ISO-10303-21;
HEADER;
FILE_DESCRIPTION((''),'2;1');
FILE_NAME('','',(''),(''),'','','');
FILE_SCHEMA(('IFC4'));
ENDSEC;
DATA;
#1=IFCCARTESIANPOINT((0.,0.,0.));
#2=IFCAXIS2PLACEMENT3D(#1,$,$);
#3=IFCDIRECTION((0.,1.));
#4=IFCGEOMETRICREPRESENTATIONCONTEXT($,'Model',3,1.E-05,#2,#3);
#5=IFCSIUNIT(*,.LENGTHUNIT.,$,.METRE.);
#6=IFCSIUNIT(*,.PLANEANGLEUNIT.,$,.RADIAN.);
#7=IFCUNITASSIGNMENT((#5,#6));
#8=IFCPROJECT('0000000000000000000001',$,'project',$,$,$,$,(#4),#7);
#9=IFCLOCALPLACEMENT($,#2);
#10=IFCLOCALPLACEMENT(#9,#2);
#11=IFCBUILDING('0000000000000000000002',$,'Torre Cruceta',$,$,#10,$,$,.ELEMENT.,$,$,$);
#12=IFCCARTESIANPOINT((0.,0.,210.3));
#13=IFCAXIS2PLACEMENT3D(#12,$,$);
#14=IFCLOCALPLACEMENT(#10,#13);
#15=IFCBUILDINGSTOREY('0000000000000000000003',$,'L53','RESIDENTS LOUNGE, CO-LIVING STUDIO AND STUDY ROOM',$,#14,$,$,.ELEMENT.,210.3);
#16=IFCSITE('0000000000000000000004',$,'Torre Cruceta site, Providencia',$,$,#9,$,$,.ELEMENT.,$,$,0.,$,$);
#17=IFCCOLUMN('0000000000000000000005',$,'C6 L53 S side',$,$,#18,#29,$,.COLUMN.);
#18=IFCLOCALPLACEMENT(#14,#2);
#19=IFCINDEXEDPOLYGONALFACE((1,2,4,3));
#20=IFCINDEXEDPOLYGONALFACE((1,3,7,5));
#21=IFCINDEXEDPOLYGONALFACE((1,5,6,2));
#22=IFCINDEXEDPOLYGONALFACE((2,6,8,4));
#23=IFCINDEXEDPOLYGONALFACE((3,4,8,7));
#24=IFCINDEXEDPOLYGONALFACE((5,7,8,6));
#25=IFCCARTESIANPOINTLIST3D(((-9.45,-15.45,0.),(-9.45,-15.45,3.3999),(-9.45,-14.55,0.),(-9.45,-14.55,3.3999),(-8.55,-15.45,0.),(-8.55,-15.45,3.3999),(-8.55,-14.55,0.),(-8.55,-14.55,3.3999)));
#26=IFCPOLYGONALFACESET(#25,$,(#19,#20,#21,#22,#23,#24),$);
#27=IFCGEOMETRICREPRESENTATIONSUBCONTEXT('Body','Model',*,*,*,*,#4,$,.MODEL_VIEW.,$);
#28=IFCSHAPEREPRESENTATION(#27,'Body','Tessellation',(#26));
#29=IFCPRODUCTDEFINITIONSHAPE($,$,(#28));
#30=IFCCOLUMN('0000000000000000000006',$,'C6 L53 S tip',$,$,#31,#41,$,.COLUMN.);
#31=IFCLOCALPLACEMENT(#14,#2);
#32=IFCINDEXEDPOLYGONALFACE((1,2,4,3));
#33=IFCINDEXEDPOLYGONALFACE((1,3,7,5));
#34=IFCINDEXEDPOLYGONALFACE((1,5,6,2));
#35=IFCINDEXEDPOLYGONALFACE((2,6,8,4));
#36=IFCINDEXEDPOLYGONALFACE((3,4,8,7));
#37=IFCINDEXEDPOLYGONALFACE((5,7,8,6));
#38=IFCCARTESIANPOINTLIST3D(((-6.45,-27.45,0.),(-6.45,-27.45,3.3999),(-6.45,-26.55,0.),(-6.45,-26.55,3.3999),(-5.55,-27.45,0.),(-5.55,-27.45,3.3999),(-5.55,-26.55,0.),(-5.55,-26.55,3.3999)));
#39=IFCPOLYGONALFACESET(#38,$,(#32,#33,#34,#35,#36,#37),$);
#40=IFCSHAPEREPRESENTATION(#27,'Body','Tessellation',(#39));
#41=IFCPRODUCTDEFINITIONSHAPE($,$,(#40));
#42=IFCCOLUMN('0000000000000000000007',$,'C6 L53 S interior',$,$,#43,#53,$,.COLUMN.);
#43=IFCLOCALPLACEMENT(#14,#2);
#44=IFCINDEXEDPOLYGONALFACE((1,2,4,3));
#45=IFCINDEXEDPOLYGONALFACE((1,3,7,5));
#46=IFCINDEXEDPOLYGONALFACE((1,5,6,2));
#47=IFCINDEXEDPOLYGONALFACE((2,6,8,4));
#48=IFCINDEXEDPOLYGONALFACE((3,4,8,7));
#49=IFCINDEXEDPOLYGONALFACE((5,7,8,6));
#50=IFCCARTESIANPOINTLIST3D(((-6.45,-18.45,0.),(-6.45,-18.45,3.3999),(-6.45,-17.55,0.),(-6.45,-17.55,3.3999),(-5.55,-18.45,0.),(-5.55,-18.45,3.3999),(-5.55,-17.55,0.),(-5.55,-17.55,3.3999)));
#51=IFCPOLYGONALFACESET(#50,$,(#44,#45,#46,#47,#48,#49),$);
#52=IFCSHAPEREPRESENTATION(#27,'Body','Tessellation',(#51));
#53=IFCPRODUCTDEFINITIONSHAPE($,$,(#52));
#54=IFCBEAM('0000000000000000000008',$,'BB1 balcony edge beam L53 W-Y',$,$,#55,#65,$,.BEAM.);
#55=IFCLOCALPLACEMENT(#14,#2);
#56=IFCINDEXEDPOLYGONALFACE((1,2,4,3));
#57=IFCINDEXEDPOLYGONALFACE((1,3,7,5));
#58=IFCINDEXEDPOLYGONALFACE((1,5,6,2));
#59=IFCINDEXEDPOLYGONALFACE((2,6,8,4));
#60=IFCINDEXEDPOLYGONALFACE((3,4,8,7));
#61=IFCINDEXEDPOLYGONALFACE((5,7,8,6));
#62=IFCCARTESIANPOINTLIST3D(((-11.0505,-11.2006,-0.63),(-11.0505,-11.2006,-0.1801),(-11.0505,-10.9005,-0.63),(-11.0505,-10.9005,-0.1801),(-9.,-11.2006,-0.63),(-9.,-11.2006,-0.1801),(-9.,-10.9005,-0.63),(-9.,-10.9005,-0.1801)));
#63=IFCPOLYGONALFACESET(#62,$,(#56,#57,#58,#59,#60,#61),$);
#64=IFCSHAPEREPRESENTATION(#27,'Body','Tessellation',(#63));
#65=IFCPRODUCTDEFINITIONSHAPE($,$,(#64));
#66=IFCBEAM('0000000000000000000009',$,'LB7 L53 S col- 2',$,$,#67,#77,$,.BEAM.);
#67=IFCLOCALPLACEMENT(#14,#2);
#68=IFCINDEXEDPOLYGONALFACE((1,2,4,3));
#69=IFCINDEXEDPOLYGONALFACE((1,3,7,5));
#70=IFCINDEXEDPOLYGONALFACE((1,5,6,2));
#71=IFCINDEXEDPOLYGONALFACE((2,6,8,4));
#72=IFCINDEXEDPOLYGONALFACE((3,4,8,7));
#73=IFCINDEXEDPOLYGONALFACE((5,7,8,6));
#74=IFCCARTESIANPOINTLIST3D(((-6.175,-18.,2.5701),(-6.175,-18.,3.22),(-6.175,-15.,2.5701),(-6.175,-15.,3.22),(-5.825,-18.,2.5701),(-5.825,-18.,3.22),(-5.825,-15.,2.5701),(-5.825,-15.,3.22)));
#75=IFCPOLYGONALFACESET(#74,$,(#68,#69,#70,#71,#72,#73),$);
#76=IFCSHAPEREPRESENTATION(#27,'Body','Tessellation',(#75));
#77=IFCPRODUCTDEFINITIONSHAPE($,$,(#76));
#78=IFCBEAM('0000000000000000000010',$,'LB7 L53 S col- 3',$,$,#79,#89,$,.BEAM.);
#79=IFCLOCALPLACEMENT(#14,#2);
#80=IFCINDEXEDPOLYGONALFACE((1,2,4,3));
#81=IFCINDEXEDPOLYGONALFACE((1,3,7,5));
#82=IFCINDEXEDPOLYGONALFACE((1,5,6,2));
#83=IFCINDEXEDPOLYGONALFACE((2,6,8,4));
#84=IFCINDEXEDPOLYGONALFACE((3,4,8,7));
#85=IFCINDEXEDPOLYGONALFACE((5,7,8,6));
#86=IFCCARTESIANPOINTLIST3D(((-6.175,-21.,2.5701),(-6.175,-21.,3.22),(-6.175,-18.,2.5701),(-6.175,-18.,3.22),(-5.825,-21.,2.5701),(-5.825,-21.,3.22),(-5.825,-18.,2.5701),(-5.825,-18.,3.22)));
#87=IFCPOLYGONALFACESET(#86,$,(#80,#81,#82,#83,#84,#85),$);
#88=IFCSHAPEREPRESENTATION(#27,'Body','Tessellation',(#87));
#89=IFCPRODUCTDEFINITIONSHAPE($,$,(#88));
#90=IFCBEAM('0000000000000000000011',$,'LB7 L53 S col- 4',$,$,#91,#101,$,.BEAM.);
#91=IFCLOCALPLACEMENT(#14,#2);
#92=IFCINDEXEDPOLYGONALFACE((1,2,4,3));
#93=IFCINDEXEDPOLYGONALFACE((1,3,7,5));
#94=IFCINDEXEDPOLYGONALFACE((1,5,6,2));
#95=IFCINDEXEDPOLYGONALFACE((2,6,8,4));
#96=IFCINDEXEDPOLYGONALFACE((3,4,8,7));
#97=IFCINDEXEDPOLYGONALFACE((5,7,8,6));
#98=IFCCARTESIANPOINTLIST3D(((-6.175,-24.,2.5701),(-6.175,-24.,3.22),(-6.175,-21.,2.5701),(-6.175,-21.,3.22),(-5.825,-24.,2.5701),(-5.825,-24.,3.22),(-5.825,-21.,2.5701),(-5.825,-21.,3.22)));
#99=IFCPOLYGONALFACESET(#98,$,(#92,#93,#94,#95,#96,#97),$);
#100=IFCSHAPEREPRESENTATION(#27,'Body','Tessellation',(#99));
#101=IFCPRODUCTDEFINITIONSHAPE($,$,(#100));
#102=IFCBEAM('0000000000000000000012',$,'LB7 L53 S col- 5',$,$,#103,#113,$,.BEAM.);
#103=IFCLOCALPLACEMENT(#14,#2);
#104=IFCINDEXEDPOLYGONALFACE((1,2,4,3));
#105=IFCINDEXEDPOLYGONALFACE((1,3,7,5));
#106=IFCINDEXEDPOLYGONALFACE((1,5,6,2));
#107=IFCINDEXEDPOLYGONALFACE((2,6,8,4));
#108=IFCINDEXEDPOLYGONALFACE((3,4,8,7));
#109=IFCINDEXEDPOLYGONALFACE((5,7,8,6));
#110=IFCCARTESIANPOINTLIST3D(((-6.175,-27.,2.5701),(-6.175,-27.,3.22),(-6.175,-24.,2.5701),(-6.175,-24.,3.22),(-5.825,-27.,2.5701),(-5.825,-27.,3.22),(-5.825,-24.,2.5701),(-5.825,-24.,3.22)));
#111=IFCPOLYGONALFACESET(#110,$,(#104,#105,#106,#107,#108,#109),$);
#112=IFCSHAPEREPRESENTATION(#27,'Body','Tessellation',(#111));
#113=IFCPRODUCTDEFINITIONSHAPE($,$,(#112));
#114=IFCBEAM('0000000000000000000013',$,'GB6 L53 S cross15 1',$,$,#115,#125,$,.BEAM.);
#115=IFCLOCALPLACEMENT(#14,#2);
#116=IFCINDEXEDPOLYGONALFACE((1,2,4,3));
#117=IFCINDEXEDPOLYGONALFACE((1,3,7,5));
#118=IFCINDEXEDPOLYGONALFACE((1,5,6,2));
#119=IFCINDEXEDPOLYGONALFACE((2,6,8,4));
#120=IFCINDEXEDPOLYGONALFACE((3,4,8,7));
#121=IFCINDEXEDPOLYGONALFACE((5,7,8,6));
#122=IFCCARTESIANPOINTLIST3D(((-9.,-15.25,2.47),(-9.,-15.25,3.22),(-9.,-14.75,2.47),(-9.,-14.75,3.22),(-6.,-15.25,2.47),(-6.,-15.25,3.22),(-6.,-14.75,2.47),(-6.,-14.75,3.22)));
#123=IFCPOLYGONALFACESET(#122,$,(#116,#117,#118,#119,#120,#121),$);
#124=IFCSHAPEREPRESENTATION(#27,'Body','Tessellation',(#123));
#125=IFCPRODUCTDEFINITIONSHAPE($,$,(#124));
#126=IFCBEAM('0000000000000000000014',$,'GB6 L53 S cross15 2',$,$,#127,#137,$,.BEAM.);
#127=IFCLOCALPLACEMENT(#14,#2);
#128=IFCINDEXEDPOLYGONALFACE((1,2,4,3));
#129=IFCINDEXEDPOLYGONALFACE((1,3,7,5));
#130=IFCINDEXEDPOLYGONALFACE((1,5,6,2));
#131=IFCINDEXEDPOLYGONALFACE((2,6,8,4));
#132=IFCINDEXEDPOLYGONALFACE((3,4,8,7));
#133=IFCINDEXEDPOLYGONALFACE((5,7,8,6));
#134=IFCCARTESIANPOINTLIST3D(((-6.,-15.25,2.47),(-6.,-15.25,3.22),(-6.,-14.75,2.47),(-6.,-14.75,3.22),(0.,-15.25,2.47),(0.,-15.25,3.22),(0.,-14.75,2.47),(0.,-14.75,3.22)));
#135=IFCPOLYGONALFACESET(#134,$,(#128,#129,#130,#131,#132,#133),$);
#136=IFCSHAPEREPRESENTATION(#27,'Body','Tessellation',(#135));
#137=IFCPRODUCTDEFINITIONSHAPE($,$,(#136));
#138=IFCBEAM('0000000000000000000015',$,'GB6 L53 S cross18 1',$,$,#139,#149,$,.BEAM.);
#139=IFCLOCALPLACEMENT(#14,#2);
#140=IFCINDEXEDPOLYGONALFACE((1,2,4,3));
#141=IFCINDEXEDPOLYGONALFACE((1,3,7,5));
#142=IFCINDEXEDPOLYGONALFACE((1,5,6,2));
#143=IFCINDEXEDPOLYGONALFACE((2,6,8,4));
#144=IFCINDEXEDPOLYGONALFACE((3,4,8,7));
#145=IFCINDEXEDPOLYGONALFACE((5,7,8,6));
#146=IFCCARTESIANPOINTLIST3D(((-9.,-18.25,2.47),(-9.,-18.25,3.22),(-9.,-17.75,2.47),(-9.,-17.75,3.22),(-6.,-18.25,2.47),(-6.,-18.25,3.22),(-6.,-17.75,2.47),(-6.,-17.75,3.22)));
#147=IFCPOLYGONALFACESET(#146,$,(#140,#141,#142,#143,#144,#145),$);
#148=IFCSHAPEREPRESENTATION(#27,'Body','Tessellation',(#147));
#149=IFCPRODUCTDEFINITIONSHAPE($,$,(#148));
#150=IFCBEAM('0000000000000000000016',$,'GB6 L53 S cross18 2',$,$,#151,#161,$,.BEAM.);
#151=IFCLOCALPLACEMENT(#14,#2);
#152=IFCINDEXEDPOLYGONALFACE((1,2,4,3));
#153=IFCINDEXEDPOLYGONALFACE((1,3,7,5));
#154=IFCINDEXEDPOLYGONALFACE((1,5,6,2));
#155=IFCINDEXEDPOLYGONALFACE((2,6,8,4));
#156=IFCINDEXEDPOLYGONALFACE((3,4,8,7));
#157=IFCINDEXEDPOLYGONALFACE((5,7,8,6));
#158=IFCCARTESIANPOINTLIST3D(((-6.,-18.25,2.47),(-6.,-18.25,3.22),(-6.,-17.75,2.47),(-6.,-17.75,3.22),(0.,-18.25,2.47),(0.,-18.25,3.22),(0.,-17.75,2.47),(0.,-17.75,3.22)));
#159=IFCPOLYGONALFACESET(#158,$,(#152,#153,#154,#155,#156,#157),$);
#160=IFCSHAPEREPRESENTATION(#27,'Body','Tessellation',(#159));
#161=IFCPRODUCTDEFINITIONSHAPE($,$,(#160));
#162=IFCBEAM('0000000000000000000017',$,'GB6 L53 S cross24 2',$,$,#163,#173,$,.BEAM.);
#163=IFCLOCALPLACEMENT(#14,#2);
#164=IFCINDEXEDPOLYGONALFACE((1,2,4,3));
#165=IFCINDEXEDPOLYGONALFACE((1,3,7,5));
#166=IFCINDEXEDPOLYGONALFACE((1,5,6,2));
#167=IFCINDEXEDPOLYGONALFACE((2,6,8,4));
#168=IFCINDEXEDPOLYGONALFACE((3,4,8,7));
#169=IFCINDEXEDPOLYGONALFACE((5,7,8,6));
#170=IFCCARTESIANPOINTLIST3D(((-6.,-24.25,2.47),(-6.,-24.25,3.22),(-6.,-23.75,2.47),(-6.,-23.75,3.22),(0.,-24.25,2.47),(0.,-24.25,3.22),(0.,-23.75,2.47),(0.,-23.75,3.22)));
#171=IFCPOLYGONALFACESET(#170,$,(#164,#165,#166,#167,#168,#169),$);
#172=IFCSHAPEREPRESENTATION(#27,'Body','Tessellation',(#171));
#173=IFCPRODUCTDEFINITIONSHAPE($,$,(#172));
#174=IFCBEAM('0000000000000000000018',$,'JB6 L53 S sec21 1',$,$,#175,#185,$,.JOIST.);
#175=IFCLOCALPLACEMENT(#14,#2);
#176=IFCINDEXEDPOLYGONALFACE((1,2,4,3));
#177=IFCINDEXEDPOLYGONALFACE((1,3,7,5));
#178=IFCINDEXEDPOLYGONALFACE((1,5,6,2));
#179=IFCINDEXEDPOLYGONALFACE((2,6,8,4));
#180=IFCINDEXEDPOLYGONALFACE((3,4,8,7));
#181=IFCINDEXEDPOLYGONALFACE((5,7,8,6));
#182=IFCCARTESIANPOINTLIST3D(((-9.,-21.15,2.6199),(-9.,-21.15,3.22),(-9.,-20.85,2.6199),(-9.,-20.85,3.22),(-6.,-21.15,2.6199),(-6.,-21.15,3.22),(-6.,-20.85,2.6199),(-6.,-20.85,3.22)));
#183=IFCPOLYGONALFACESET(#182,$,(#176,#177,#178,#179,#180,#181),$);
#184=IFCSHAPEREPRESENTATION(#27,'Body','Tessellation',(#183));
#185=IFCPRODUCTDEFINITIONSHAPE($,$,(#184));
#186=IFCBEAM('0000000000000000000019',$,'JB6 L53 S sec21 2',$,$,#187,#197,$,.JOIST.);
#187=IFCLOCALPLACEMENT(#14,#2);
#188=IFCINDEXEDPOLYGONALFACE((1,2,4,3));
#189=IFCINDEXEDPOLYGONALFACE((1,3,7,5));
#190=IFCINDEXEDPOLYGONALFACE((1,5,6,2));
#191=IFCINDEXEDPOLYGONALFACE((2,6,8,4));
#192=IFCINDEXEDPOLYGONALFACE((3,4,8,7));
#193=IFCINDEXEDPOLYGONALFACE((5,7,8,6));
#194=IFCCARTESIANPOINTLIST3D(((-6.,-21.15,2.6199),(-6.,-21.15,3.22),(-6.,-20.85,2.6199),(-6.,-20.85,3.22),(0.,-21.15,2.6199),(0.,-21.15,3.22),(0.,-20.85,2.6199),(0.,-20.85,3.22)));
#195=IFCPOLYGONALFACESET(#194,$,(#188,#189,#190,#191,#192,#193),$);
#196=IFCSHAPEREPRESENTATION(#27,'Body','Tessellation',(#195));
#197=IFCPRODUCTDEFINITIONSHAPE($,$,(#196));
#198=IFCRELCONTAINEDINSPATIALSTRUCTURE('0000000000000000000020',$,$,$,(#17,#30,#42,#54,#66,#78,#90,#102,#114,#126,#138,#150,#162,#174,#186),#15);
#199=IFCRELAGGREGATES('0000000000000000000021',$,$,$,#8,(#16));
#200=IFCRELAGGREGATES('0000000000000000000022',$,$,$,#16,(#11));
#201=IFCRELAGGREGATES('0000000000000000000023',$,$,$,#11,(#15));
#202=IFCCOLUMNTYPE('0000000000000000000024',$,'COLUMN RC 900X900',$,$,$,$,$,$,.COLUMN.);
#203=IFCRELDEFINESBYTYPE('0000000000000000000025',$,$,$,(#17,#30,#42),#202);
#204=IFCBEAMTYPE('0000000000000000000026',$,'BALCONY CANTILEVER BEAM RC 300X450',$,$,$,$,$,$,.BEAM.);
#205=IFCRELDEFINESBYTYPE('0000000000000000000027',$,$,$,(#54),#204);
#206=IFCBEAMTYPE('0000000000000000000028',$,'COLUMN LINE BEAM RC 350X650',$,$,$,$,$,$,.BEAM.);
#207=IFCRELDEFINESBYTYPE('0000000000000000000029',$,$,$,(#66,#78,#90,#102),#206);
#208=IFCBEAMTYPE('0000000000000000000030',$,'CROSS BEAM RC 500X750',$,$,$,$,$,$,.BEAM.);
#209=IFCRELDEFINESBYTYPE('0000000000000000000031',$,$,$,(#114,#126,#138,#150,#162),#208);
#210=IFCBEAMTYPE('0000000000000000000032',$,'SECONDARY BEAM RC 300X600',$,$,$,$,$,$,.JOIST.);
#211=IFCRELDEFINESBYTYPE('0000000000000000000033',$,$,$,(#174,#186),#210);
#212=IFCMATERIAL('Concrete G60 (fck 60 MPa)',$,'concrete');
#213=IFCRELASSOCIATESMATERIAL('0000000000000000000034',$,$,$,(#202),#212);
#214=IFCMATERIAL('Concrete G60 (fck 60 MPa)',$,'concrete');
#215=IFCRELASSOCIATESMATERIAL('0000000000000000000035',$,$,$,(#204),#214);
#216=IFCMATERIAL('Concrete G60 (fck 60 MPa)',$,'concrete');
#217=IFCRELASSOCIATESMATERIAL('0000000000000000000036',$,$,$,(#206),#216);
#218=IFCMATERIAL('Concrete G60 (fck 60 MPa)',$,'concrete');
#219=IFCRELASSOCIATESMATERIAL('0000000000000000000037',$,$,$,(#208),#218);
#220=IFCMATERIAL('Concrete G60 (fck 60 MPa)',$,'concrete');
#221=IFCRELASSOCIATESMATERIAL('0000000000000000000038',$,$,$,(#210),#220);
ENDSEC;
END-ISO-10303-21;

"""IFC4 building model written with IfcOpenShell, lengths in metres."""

from ifc_helpers import new_model, si_unit, direction, frame, origin, origin_2d, place, context, subcontext, project, spatial, rectangle, extrude, material, material_profile, profile_set, type_object, element, save


model = new_model("IFC4")

# Units and contexts
model_context = context("Model", 3, precision=1e-05, world=origin(), true_north=direction((0.0, 1.0)))
body_context = subcontext(model_context, "Body", "Model", "MODEL_VIEW")
ifc_project = project(units=[si_unit("LENGTHUNIT", "METRE"), si_unit("PLANEANGLEUNIT", "RADIAN")], contexts=[model_context])

# Site, building, storey
site_placement = place(None, origin())
site = spatial("IfcSite", under=ifc_project, at=site_placement, Name="Torre Cruceta site, Providencia", CompositionType="ELEMENT", RefElevation=0.0)
building_placement = place(site_placement, origin())
building = spatial("IfcBuilding", under=site, at=building_placement, Name="Torre Cruceta", CompositionType="ELEMENT")
storey_placement = place(building_placement, frame((0.0, 0.0, 210.3)))
storey = spatial("IfcBuildingStorey", under=building, at=storey_placement, Name="L53", Description="RESIDENTS LOUNGE, CO-LIVING STUDIO AND STUDY ROOM", CompositionType="ELEMENT", Elevation=210.3)

# Columns
ifc_material_1 = material(Name="Concrete G60 (fck 60 MPa)", Category="concrete")
ifc_material_profile_1 = material_profile(ifc_material_1, rectangle(XDim=0.8999, YDim=0.8999, at=origin_2d()), Name="RC 900X900")
ifc_profile_set_1 = profile_set([ifc_material_profile_1], Name="Concrete G60 (fck 60 MPa)")
column_type = type_object("IfcColumnType", Name="COLUMN RC 900X900", PredefinedType="COLUMN", material=ifc_profile_set_1)
for number, where, z_axis, x_axis, name in (
    (1, (-9.0, -15.0, 0.0), (0.0, 0.0, 1.0), (1.0, 0.0, 0.0), "C6 L53 S side"),
    (2, (-6.0, -27.0, 0.0), (0.0, 0.0, 1.0), (1.0, 0.0, 0.0), "C6 L53 S tip"),
    (3, (-6.0, -18.0, 0.0), (0.0, 0.0, 1.0), (1.0, 0.0, 0.0), "C6 L53 S interior"),
):
    element("IfcColumn", number, at=place(storey_placement, frame(where, z_axis=z_axis, x_axis=x_axis)), inside=storey, type_object=column_type, Name=name, PredefinedType="COLUMN", context=body_context, shape_type="SweptSolid", body=[
        extrude(rectangle(XDim=0.8999, YDim=0.8999, at=origin_2d()), origin(), (0.0, 0.0, 1.0), 3.3999),
    ])

# Beams
ifc_material_2 = material(Name="Concrete G60 (fck 60 MPa)", Category="concrete")
ifc_material_profile_2 = material_profile(ifc_material_2, rectangle(XDim=0.3, YDim=0.45, at=origin_2d()), Name="RC 300X450")
ifc_profile_set_2 = profile_set([ifc_material_profile_2], Name="Concrete G60 (fck 60 MPa)")
beam_type_1 = type_object("IfcBeamType", Name="BALCONY CANTILEVER BEAM RC 300X450", PredefinedType="BEAM", material=ifc_profile_set_2)
beam_1_placement = place(storey_placement, frame((-9.0, -11.0505, -0.405), z_axis=(-1.0, 0.0, 0.0), x_axis=(0.0, -1.0, 0.0)))
element("IfcBeam", 4, at=beam_1_placement, inside=storey, type_object=beam_type_1, Name="BB1 balcony edge beam L53 W-Y", PredefinedType="BEAM", context=body_context, shape_type="SweptSolid", body=[
    extrude(rectangle(XDim=0.3, YDim=0.45, at=origin_2d()), origin(), (0.0, 0.0, 1.0), 2.0505),
])
ifc_material_3 = material(Name="Concrete G60 (fck 60 MPa)", Category="concrete")
ifc_material_profile_3 = material_profile(ifc_material_3, rectangle(XDim=0.3501, YDim=0.6499, at=origin_2d()), Name="RC 350X650")
ifc_profile_set_3 = profile_set([ifc_material_profile_3], Name="Concrete G60 (fck 60 MPa)")
beam_type_2 = type_object("IfcBeamType", Name="COLUMN LINE BEAM RC 350X650", PredefinedType="BEAM", material=ifc_profile_set_3)
for number, where, z_axis, x_axis, name in (
    (5, (-6.0, -15.0, 2.895), (0.0, -1.0, 0.0), (1.0, 0.0, 0.0), "LB7 L53 S col- 2"),
    (6, (-6.0, -18.0, 2.895), (0.0, -1.0, 0.0), (1.0, 0.0, 0.0), "LB7 L53 S col- 3"),
    (7, (-6.0, -21.0, 2.895), (0.0, -1.0, 0.0), (1.0, 0.0, 0.0), "LB7 L53 S col- 4"),
    (8, (-6.0, -24.0, 2.895), (0.0, -1.0, 0.0), (1.0, 0.0, 0.0), "LB7 L53 S col- 5"),
):
    element("IfcBeam", number, at=place(storey_placement, frame(where, z_axis=z_axis, x_axis=x_axis)), inside=storey, type_object=beam_type_2, Name=name, PredefinedType="BEAM", context=body_context, shape_type="SweptSolid", body=[
        extrude(rectangle(XDim=0.3501, YDim=0.6499, at=origin_2d()), origin(), (0.0, 0.0, 1.0), 3.0),
    ])
ifc_material_4 = material(Name="Concrete G60 (fck 60 MPa)", Category="concrete")
ifc_material_profile_4 = material_profile(ifc_material_4, rectangle(XDim=0.5, YDim=0.75, at=origin_2d()), Name="RC 500X750")
ifc_profile_set_4 = profile_set([ifc_material_profile_4], Name="Concrete G60 (fck 60 MPa)")
beam_type_3 = type_object("IfcBeamType", Name="CROSS BEAM RC 500X750", PredefinedType="BEAM", material=ifc_profile_set_4)
beam_2_placement = place(storey_placement, frame((-9.0, -15.0, 2.845), z_axis=(1.0, 0.0, 0.0), x_axis=(0.0, 1.0, 0.0)))
element("IfcBeam", 9, at=beam_2_placement, inside=storey, type_object=beam_type_3, Name="GB6 L53 S cross15 1", PredefinedType="BEAM", context=body_context, shape_type="SweptSolid", body=[
    extrude(rectangle(XDim=0.5, YDim=0.75, at=origin_2d()), origin(), (0.0, 0.0, 1.0), 3.0),
])
beam_3_placement = place(storey_placement, frame((-6.0, -15.0, 2.845), z_axis=(1.0, 0.0, 0.0), x_axis=(0.0, 1.0, 0.0)))
element("IfcBeam", 10, at=beam_3_placement, inside=storey, type_object=beam_type_3, Name="GB6 L53 S cross15 2", PredefinedType="BEAM", context=body_context, shape_type="SweptSolid", body=[
    extrude(rectangle(XDim=0.5, YDim=0.75, at=origin_2d()), origin(), (0.0, 0.0, 1.0), 6.0),
])
beam_4_placement = place(storey_placement, frame((-9.0, -18.0, 2.845), z_axis=(1.0, 0.0, 0.0), x_axis=(0.0, 1.0, 0.0)))
element("IfcBeam", 11, at=beam_4_placement, inside=storey, type_object=beam_type_3, Name="GB6 L53 S cross18 1", PredefinedType="BEAM", context=body_context, shape_type="SweptSolid", body=[
    extrude(rectangle(XDim=0.5, YDim=0.75, at=origin_2d()), origin(), (0.0, 0.0, 1.0), 3.0),
])
for number, where, z_axis, x_axis, name in (
    (12, (-6.0, -18.0, 2.845), (1.0, 0.0, 0.0), (0.0, 1.0, 0.0), "GB6 L53 S cross18 2"),
    (13, (-6.0, -24.0, 2.845), (1.0, 0.0, 0.0), (0.0, 1.0, 0.0), "GB6 L53 S cross24 2"),
):
    element("IfcBeam", number, at=place(storey_placement, frame(where, z_axis=z_axis, x_axis=x_axis)), inside=storey, type_object=beam_type_3, Name=name, PredefinedType="BEAM", context=body_context, shape_type="SweptSolid", body=[
        extrude(rectangle(XDim=0.5, YDim=0.75, at=origin_2d()), origin(), (0.0, 0.0, 1.0), 6.0),
    ])
ifc_material_5 = material(Name="Concrete G60 (fck 60 MPa)", Category="concrete")
ifc_material_profile_5 = material_profile(ifc_material_5, rectangle(XDim=0.3, YDim=0.6001, at=origin_2d()), Name="RC 300X600")
ifc_profile_set_5 = profile_set([ifc_material_profile_5], Name="Concrete G60 (fck 60 MPa)")
beam_type_4 = type_object("IfcBeamType", Name="SECONDARY BEAM RC 300X600", PredefinedType="JOIST", material=ifc_profile_set_5)
beam_5_placement = place(storey_placement, frame((-9.0, -21.0, 2.9199), z_axis=(1.0, 0.0, 0.0), x_axis=(0.0, 1.0, 0.0)))
element("IfcBeam", 14, at=beam_5_placement, inside=storey, type_object=beam_type_4, Name="JB6 L53 S sec21 1", PredefinedType="JOIST", context=body_context, shape_type="SweptSolid", body=[
    extrude(rectangle(XDim=0.3, YDim=0.6001, at=origin_2d()), origin(), (0.0, 0.0, 1.0), 3.0),
])
beam_6_placement = place(storey_placement, frame((-6.0, -21.0, 2.9199), z_axis=(1.0, 0.0, 0.0), x_axis=(0.0, 1.0, 0.0)))
element("IfcBeam", 15, at=beam_6_placement, inside=storey, type_object=beam_type_4, Name="JB6 L53 S sec21 2", PredefinedType="JOIST", context=body_context, shape_type="SweptSolid", body=[
    extrude(rectangle(XDim=0.3, YDim=0.6001, at=origin_2d()), origin(), (0.0, 0.0, 1.0), 6.0),
])

save(model, "model.ifc")
